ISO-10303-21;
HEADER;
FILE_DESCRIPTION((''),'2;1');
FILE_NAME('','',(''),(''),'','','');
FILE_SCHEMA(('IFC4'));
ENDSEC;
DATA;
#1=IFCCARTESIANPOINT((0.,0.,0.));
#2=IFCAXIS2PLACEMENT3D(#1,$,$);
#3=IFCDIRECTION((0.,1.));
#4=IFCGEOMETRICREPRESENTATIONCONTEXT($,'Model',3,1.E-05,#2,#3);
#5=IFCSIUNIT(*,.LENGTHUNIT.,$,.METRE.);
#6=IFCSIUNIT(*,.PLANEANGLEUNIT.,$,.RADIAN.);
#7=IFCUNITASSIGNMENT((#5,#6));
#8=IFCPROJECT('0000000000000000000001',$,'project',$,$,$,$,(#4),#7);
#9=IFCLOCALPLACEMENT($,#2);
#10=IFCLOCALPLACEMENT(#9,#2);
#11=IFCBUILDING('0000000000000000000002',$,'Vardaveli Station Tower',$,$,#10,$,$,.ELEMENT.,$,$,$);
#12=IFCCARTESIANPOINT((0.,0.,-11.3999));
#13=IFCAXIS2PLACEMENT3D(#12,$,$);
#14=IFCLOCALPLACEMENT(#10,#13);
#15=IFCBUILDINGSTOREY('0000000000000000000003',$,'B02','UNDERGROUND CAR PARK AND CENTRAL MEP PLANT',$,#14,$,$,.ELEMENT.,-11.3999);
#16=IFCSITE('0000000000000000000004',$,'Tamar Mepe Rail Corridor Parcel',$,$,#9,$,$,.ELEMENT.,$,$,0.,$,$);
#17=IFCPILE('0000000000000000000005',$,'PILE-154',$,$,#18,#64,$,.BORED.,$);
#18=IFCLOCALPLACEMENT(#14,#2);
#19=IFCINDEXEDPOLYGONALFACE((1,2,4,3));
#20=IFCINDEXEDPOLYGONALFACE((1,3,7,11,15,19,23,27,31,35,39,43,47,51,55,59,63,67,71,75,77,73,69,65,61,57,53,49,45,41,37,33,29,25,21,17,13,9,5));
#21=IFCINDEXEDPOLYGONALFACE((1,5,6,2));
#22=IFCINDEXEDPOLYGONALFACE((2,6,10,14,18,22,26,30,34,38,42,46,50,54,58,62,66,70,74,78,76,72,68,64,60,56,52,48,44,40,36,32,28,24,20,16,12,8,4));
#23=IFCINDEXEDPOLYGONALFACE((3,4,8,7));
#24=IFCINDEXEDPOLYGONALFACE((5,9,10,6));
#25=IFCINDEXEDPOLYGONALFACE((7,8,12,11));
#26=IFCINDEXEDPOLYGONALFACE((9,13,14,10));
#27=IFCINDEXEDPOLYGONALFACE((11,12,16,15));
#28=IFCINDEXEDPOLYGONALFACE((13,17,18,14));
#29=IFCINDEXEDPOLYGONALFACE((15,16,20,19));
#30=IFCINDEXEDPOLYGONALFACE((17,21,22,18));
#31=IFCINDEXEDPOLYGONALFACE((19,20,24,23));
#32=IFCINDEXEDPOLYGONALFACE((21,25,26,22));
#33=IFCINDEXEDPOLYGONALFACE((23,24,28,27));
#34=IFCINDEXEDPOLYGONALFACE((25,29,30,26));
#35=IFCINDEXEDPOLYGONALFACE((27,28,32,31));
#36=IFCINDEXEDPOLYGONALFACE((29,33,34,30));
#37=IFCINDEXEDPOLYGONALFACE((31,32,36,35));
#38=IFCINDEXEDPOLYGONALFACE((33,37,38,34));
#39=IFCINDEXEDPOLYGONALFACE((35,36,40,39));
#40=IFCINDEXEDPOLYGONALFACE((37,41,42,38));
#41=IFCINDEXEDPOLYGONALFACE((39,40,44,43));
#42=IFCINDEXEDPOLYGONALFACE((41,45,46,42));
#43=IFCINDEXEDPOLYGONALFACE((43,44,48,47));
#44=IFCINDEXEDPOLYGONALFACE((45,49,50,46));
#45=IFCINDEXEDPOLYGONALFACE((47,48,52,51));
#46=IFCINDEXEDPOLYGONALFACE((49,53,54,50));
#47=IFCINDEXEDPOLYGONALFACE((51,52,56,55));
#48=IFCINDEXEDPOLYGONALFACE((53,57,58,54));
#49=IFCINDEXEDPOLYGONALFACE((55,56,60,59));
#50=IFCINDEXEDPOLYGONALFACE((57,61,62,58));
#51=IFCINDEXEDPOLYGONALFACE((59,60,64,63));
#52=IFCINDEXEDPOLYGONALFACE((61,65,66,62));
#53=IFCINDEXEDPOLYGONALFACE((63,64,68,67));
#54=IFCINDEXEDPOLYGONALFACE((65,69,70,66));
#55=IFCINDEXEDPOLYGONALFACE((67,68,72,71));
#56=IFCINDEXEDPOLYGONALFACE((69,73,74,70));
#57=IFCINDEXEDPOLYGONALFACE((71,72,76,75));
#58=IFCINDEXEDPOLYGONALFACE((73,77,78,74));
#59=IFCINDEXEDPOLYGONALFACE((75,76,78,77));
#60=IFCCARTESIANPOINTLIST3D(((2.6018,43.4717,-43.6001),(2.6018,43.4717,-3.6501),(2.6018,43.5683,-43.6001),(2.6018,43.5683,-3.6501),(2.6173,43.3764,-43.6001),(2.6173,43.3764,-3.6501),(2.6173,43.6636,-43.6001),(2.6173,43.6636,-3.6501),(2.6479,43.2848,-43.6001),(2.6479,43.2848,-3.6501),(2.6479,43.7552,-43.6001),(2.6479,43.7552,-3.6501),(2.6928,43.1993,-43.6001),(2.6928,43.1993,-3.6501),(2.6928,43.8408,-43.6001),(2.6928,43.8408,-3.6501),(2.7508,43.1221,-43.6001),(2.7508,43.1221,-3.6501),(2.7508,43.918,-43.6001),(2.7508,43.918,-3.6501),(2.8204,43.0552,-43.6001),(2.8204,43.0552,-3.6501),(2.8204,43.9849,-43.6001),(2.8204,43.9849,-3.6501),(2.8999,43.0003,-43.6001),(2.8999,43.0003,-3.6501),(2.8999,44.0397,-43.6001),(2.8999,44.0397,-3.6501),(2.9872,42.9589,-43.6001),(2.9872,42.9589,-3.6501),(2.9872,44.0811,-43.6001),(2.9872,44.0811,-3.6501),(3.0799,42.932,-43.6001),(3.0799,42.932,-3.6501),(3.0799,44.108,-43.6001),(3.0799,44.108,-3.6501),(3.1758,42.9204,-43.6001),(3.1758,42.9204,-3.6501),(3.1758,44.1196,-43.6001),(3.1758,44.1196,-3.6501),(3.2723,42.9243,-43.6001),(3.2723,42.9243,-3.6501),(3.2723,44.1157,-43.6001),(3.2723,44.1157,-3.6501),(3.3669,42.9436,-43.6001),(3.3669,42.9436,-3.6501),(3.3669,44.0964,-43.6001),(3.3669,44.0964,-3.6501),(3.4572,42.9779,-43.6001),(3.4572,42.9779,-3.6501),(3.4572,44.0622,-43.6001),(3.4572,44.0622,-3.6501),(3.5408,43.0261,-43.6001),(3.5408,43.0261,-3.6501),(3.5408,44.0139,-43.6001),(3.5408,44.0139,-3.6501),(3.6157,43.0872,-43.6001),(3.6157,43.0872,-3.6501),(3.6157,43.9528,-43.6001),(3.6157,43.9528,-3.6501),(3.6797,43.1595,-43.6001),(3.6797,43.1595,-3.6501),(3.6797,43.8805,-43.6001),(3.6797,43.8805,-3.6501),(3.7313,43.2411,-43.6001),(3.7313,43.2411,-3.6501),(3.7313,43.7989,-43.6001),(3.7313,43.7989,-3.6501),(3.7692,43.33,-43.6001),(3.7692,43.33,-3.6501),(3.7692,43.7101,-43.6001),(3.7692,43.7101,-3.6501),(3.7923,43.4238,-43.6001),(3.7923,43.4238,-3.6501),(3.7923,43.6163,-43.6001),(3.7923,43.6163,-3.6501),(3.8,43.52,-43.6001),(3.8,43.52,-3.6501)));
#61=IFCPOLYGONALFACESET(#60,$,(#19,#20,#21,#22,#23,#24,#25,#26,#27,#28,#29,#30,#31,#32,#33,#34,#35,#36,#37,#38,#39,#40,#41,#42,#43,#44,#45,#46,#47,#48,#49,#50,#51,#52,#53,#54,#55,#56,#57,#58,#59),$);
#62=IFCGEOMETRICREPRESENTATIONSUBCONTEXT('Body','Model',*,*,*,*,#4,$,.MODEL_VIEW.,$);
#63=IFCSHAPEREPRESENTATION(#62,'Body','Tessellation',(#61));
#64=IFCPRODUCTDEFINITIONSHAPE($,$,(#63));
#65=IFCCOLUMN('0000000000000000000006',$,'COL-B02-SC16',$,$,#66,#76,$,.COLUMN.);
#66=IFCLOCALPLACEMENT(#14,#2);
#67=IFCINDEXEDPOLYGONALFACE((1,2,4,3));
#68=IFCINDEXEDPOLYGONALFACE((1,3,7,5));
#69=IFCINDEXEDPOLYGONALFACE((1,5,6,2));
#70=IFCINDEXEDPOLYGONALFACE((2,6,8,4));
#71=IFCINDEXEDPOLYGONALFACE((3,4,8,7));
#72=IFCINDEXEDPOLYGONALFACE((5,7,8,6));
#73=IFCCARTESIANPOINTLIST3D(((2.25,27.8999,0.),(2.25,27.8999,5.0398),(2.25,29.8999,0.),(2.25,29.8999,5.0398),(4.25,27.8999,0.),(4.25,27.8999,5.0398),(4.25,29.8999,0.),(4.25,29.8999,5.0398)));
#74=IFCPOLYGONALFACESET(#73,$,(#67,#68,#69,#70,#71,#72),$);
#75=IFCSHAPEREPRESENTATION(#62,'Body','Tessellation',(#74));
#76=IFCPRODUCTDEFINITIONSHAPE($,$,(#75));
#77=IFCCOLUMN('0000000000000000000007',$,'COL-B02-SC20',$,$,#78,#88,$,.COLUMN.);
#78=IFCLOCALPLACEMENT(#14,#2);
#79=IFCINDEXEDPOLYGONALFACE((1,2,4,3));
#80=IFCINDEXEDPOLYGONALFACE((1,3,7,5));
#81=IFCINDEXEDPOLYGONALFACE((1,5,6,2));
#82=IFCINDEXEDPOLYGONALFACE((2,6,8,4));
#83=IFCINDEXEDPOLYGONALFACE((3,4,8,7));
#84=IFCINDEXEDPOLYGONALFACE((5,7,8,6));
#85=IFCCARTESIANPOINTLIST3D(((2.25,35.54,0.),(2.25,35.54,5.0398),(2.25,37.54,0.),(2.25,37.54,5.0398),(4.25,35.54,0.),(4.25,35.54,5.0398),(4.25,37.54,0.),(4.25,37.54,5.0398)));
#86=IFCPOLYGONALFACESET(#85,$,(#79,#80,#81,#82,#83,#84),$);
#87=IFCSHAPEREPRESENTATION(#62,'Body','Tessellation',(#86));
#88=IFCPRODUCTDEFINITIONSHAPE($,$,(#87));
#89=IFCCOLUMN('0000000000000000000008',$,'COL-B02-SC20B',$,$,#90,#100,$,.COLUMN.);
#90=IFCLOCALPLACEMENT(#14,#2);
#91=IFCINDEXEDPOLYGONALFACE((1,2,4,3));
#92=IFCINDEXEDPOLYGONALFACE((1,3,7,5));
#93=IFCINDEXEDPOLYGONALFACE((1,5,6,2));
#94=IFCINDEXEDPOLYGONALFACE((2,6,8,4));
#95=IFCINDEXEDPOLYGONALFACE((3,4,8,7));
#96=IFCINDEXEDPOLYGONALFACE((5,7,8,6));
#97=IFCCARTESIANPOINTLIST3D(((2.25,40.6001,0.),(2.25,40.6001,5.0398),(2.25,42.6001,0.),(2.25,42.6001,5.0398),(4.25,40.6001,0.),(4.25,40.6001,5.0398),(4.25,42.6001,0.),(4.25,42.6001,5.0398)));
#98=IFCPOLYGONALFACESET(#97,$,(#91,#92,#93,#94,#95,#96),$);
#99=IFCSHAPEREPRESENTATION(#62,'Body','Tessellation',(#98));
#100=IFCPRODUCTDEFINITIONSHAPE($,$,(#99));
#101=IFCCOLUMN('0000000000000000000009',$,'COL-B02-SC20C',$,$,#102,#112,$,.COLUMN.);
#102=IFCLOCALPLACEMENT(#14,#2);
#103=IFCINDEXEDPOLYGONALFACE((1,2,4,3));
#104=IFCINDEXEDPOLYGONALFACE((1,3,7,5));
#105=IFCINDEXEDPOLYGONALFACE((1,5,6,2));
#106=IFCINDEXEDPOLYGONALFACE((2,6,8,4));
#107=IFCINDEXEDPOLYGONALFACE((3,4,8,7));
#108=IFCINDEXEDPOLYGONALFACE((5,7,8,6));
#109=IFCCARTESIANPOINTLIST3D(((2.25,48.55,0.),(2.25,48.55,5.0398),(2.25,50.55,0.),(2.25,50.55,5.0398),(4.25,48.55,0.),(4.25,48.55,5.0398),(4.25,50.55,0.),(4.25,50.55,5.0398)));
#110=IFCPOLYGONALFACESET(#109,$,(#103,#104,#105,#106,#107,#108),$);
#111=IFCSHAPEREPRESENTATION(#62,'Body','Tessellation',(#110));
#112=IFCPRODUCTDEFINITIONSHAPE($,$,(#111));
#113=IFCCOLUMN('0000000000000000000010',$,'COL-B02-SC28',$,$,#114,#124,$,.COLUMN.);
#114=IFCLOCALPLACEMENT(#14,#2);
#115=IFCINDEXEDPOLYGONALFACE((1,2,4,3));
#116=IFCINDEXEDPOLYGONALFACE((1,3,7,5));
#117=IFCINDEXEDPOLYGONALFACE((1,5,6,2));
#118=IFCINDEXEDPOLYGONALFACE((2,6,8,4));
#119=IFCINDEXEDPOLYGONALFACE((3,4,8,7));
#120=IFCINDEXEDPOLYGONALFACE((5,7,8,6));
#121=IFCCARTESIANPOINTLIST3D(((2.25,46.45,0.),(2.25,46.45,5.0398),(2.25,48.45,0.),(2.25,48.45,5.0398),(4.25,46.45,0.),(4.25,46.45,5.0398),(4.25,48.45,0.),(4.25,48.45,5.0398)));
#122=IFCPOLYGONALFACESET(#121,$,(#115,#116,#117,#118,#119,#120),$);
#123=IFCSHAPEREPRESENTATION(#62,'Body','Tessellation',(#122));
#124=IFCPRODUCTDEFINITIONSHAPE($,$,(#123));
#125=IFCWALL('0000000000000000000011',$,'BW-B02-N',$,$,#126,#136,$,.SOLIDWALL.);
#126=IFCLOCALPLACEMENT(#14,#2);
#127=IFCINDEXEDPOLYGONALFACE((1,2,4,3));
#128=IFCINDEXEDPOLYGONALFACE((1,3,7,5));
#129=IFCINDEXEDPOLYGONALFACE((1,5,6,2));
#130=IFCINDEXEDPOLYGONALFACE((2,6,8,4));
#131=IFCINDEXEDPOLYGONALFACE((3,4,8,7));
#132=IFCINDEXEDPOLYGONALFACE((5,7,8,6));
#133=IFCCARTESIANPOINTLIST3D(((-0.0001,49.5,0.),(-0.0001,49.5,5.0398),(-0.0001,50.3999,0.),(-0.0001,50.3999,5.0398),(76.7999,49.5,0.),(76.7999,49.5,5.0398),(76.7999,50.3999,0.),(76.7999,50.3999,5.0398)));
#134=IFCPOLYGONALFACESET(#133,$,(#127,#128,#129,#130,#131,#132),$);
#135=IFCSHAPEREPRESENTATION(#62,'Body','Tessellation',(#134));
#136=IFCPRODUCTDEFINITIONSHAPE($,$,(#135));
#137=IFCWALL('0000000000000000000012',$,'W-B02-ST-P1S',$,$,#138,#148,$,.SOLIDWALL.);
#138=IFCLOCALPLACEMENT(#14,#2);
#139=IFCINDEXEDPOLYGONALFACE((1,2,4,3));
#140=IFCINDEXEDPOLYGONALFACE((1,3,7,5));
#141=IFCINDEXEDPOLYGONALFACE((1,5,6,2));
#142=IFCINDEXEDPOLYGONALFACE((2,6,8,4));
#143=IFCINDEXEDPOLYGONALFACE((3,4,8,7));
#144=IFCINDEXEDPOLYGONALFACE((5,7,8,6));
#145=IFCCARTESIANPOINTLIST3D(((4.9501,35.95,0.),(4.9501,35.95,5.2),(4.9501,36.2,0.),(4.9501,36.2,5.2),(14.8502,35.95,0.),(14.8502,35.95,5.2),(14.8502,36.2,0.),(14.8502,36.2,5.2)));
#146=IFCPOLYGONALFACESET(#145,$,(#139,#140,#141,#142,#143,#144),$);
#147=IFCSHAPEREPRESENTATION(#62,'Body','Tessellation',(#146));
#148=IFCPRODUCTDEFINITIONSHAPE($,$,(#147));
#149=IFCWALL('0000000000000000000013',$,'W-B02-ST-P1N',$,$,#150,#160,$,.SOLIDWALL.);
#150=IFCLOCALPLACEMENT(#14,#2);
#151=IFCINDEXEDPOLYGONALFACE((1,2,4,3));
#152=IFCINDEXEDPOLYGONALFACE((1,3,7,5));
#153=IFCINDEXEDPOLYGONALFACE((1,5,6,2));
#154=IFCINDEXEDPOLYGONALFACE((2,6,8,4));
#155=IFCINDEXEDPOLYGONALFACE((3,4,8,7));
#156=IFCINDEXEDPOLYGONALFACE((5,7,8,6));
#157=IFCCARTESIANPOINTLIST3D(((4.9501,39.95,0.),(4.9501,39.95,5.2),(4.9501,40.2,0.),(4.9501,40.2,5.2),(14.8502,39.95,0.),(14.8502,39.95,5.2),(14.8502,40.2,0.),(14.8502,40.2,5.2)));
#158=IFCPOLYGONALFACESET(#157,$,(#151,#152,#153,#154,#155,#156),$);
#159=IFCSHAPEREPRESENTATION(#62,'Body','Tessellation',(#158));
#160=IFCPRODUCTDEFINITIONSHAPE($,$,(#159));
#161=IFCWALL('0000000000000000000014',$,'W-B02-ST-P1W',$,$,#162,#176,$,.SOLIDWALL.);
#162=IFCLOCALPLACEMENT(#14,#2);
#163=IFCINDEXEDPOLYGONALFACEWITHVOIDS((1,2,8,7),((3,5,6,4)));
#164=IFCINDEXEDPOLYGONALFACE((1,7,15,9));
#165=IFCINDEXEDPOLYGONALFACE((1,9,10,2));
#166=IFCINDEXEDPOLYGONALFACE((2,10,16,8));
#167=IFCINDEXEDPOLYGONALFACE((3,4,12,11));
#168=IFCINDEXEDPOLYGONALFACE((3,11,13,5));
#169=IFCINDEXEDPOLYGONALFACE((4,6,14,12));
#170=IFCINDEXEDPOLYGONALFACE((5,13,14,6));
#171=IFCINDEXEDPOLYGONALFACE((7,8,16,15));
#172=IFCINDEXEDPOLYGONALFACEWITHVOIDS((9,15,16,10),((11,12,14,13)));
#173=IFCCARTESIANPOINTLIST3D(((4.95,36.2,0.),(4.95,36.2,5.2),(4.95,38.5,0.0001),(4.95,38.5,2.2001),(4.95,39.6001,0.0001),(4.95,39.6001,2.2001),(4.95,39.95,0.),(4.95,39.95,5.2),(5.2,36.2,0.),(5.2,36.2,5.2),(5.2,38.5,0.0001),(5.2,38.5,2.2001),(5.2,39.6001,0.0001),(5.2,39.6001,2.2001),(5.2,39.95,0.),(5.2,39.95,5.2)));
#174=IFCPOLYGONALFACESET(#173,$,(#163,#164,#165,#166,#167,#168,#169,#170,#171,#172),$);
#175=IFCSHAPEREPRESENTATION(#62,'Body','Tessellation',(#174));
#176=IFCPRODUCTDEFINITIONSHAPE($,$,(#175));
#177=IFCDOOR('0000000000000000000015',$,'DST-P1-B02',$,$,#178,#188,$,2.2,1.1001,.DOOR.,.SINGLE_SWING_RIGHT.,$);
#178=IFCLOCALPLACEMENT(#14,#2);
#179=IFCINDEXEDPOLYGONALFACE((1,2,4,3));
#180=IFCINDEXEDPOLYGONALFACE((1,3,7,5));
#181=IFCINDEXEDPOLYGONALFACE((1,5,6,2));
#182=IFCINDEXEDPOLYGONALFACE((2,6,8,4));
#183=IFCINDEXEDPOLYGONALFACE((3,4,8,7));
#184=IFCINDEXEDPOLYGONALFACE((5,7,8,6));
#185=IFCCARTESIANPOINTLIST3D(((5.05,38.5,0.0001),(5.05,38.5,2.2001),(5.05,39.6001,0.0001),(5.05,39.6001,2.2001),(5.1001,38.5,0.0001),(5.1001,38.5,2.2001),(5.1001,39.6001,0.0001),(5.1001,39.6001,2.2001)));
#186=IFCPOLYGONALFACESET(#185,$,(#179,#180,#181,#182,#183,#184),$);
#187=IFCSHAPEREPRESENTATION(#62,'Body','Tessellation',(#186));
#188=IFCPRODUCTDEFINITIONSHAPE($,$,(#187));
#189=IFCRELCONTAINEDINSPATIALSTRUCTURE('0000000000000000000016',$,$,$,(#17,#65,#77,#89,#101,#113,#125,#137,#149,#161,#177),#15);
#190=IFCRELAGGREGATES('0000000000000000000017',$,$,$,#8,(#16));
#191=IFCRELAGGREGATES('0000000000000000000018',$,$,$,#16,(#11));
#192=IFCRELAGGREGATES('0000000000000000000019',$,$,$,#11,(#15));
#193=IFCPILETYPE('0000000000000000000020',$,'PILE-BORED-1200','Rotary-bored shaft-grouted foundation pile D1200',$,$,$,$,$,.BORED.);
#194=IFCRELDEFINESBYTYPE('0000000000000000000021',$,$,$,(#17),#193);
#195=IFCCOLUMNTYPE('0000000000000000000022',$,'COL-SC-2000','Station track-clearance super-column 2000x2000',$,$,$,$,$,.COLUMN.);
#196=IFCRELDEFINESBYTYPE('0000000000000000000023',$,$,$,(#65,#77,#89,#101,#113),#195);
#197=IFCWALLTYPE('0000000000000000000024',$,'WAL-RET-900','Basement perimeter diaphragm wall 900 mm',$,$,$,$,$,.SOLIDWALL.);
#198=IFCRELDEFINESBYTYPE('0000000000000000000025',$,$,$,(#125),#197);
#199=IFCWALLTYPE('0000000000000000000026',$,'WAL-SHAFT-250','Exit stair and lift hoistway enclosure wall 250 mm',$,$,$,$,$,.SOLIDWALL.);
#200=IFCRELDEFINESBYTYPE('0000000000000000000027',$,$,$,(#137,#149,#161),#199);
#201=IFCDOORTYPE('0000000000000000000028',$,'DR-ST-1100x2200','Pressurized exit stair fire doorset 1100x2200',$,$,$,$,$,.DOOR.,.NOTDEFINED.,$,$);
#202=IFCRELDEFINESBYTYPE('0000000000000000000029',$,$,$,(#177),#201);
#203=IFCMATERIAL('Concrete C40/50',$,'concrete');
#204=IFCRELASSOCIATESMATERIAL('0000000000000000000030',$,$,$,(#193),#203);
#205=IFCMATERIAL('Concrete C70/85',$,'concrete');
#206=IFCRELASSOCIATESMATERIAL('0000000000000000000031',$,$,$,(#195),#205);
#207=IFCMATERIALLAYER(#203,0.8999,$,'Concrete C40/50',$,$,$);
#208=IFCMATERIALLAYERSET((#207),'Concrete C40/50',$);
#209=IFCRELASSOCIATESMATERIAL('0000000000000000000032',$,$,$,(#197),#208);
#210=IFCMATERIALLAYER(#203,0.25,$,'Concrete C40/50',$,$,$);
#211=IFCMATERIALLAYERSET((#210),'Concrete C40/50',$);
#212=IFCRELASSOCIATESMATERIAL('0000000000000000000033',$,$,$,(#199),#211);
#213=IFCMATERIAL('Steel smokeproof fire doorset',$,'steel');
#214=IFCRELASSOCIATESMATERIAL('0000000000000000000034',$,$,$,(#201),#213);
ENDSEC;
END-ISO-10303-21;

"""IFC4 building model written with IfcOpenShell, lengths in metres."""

from ifc_helpers import new_model, si_unit, direction, frame, frame_2d, origin, origin_2d, place, context, subcontext, project, spatial, rectangle, circle, extrude, source, transform, mapped, material, layer, layer_set, material_profile, profile_set, type_object, element, fill, save


model = new_model("IFC4")

# Units and contexts
model_context = context("Model", 3, precision=1e-05, world=origin(), true_north=direction((0.0, 1.0)))
body_context = subcontext(model_context, "Body", "Model", "MODEL_VIEW")
ifc_project = project(units=[si_unit("LENGTHUNIT", "METRE"), si_unit("PLANEANGLEUNIT", "RADIAN")], contexts=[model_context])

# Site, building, storey
site_placement = place(None, origin())
site = spatial("IfcSite", under=ifc_project, at=site_placement, Name="Tamar Mepe Rail Corridor Parcel", CompositionType="ELEMENT", RefElevation=0.0)
building_placement = place(site_placement, origin())
building = spatial("IfcBuilding", under=site, at=building_placement, Name="Vardaveli Station Tower", CompositionType="ELEMENT")
storey_placement = place(building_placement, frame((0.0, 0.0, -11.3999)))
storey = spatial("IfcBuildingStorey", under=building, at=storey_placement, Name="B02", Description="UNDERGROUND CAR PARK AND CENTRAL MEP PLANT", CompositionType="ELEMENT", Elevation=-11.3999)

# Pile
ifc_material_1 = material(Name="Concrete C40/50", Category="concrete")
ifc_material_profile_1 = material_profile(ifc_material_1, circle(Radius=0.6001, at=origin_2d()), Name="PILE D1200")
ifc_profile_set_1 = profile_set([ifc_material_profile_1], Name="Concrete C40/50")
pile_type_1 = type_object("IfcPileType", Name="PILE-BORED-1200", Description="Rotary-bored shaft-grouted foundation pile D1200", PredefinedType="BORED", material=ifc_profile_set_1)
shared_shape_1 = source(origin(), body_context, "Body", "SweptSolid", [
    extrude(circle(Radius=0.6001, at=origin_2d()), origin(), (0.0, 0.0, 1.0), 39.95),
])
for number, where, z_axis, x_axis, name in (
    (1, (3.2, 43.52, -3.6501), (0.0, 0.0, -1.0), (1.0, 0.0, 0.0), "PILE-154"),
):
    element("IfcPile", number, at=place(storey_placement, frame(where, z_axis=z_axis, x_axis=x_axis)), inside=storey, type_object=pile_type_1, Name=name, PredefinedType="BORED", context=body_context, shape_type="MappedRepresentation", body=[
        mapped(shared_shape_1, transform((0.0, 0.0, 0.0), scale=1.0)),
    ])

# Columns
ifc_material_2 = material(Name="Concrete C70/85", Category="concrete")
ifc_material_profile_2 = material_profile(ifc_material_2, rectangle(XDim=2.0, YDim=2.0, at=origin_2d()), Name="SC 2000x2000")
ifc_profile_set_2 = profile_set([ifc_material_profile_2], Name="Concrete C70/85")
column_type = type_object("IfcColumnType", Name="COL-SC-2000", Description="Station track-clearance super-column 2000x2000", PredefinedType="COLUMN", material=ifc_profile_set_2)
shared_shape_2 = source(origin(), body_context, "Body", "SweptSolid", [
    extrude(rectangle(XDim=2.0, YDim=2.0, at=origin_2d()), origin(), (0.0, 0.0, 1.0), 5.0398),
])
for number, where, z_axis, x_axis, name in (
    (2, (3.25, 28.8999, 0.0), (0.0, 0.0, 1.0), (1.0, 0.0, 0.0), "COL-B02-SC16"),
    (3, (3.25, 36.54, 0.0), (0.0, 0.0, 1.0), (1.0, 0.0, 0.0), "COL-B02-SC20"),
    (4, (3.25, 41.6001, 0.0), (0.0, 0.0, 1.0), (1.0, 0.0, 0.0), "COL-B02-SC20B"),
    (5, (3.25, 49.55, 0.0), (0.0, 0.0, 1.0), (1.0, 0.0, 0.0), "COL-B02-SC20C"),
    (6, (3.25, 47.45, 0.0), (0.0, 0.0, 1.0), (1.0, 0.0, 0.0), "COL-B02-SC28"),
):
    element("IfcColumn", number, at=place(storey_placement, frame(where, z_axis=z_axis, x_axis=x_axis)), inside=storey, type_object=column_type, Name=name, PredefinedType="COLUMN", context=body_context, shape_type="MappedRepresentation", body=[
        mapped(shared_shape_2, transform((0.0, 0.0, 0.0), scale=1.0)),
    ])

# Walls
ifc_layer_1 = layer(ifc_material_1, 0.8999, Name="Concrete C40/50")
ifc_layer_set_1 = layer_set([ifc_layer_1], Name="Concrete C40/50")
wall_type_1 = type_object("IfcWallType", Name="WAL-RET-900", Description="Basement perimeter diaphragm wall 900 mm", PredefinedType="SOLIDWALL", material=ifc_layer_set_1)
shared_shape_3 = source(origin(), body_context, "Body", "SweptSolid", [
    extrude(rectangle(XDim=76.8, YDim=0.8999, at=frame_2d((38.3999, 0.0))), origin(), (0.0, 0.0, 1.0), 5.0398),
])
wall_1_placement = place(storey_placement, frame((0.0, 49.95, 0.0), z_axis=(0.0, 0.0, 1.0), x_axis=(1.0, 0.0, 0.0)))
element("IfcWall", 7, at=wall_1_placement, inside=storey, type_object=wall_type_1, Name="BW-B02-N", PredefinedType="SOLIDWALL", context=body_context, shape_type="MappedRepresentation", body=[
    mapped(shared_shape_3, transform((0.0, 0.0, 0.0), scale=1.0)),
])
ifc_layer_2 = layer(ifc_material_1, 0.25, Name="Concrete C40/50")
ifc_layer_set_2 = layer_set([ifc_layer_2], Name="Concrete C40/50")
wall_type_2 = type_object("IfcWallType", Name="WAL-SHAFT-250", Description="Exit stair and lift hoistway enclosure wall 250 mm", PredefinedType="SOLIDWALL", material=ifc_layer_set_2)
shared_shape_4 = source(origin(), body_context, "Body", "SweptSolid", [
    extrude(rectangle(XDim=9.9001, YDim=0.25, at=frame_2d((4.9502, 0.0))), origin(), (0.0, 0.0, 1.0), 5.2),
])
for number, where, z_axis, x_axis, name in (
    (8, (4.95, 36.075, 0.0), (0.0, 0.0, 1.0), (1.0, 0.0, 0.0), "W-B02-ST-P1S"),
    (9, (4.95, 40.075, 0.0), (0.0, 0.0, 1.0), (1.0, 0.0, 0.0), "W-B02-ST-P1N"),
):
    element("IfcWall", number, at=place(storey_placement, frame(where, z_axis=z_axis, x_axis=x_axis)), inside=storey, type_object=wall_type_2, Name=name, PredefinedType="SOLIDWALL", context=body_context, shape_type="MappedRepresentation", body=[
        mapped(shared_shape_4, transform((0.0, 0.0, 0.0), scale=1.0)),
    ])

# Wall, opening, door
shared_shape_5 = source(origin(), body_context, "Body", "SweptSolid", [
    extrude(rectangle(XDim=3.75, YDim=0.25, at=frame_2d((1.875, 0.0))), origin(), (0.0, 0.0, 1.0), 5.2),
])
wall_2_placement = place(storey_placement, frame((5.075, 36.2, 0.0), z_axis=(0.0, 0.0, 1.0), x_axis=(0.0, 1.0, 0.0)))
wall_2 = element("IfcWall", 10, at=wall_2_placement, inside=storey, type_object=wall_type_2, Name="W-B02-ST-P1W", PredefinedType="SOLIDWALL", context=body_context, shape_type="MappedRepresentation", body=[
    mapped(shared_shape_5, transform((0.0, 0.0, 0.0), scale=1.0)),
])
shared_shape_6 = source(origin(), body_context, "Body", "SweptSolid", [
    extrude(rectangle(XDim=1.1001, YDim=2.2, at=frame_2d((0.55, 1.1001))), frame((0.0, 0.135, 0.0), z_axis=(0.0, -1.0, 0.0), x_axis=(1.0, 0.0, 0.0)), (0.0, 0.0, 1.0), 0.27),
])
opening_placement = place(wall_2_placement, frame((2.3, 0.0, 0.0)))
opening = element("IfcOpeningElement", 11, at=opening_placement, cuts=wall_2, PredefinedType="OPENING", context=body_context, shape_type="MappedRepresentation", body=[
    mapped(shared_shape_6, transform((0.0, 0.0, 0.0), scale=1.0)),
])
ifc_material_3 = material(Name="Steel smokeproof fire doorset", Category="steel")
door_type = type_object("IfcDoorType", Name="DR-ST-1100x2200", Description="Pressurized exit stair fire doorset 1100x2200", OperationType="NOTDEFINED", PredefinedType="DOOR", material=ifc_material_3)
shared_shape_7 = source(origin(), body_context, "Body", "SweptSolid", [
    extrude(rectangle(XDim=1.1001, YDim=2.2, at=frame_2d((0.55, 1.1001))), frame((0.0, 0.0249, 0.0), z_axis=(0.0, -1.0, 0.0), x_axis=(1.0, 0.0, 0.0)), (0.0, 0.0, 1.0), 0.05),
])
door_placement = place(opening_placement, origin())
door = element("IfcDoor", 12, at=door_placement, inside=storey, type_object=door_type, Name="DST-P1-B02", OperationType="SINGLE_SWING_RIGHT", OverallHeight=2.2, OverallWidth=1.1001, PredefinedType="DOOR", context=body_context, shape_type="MappedRepresentation", body=[
    mapped(shared_shape_7, transform((0.0, 0.0, 0.0), scale=1.0)),
])
fill(opening, door)

save(model, "model.ifc")
